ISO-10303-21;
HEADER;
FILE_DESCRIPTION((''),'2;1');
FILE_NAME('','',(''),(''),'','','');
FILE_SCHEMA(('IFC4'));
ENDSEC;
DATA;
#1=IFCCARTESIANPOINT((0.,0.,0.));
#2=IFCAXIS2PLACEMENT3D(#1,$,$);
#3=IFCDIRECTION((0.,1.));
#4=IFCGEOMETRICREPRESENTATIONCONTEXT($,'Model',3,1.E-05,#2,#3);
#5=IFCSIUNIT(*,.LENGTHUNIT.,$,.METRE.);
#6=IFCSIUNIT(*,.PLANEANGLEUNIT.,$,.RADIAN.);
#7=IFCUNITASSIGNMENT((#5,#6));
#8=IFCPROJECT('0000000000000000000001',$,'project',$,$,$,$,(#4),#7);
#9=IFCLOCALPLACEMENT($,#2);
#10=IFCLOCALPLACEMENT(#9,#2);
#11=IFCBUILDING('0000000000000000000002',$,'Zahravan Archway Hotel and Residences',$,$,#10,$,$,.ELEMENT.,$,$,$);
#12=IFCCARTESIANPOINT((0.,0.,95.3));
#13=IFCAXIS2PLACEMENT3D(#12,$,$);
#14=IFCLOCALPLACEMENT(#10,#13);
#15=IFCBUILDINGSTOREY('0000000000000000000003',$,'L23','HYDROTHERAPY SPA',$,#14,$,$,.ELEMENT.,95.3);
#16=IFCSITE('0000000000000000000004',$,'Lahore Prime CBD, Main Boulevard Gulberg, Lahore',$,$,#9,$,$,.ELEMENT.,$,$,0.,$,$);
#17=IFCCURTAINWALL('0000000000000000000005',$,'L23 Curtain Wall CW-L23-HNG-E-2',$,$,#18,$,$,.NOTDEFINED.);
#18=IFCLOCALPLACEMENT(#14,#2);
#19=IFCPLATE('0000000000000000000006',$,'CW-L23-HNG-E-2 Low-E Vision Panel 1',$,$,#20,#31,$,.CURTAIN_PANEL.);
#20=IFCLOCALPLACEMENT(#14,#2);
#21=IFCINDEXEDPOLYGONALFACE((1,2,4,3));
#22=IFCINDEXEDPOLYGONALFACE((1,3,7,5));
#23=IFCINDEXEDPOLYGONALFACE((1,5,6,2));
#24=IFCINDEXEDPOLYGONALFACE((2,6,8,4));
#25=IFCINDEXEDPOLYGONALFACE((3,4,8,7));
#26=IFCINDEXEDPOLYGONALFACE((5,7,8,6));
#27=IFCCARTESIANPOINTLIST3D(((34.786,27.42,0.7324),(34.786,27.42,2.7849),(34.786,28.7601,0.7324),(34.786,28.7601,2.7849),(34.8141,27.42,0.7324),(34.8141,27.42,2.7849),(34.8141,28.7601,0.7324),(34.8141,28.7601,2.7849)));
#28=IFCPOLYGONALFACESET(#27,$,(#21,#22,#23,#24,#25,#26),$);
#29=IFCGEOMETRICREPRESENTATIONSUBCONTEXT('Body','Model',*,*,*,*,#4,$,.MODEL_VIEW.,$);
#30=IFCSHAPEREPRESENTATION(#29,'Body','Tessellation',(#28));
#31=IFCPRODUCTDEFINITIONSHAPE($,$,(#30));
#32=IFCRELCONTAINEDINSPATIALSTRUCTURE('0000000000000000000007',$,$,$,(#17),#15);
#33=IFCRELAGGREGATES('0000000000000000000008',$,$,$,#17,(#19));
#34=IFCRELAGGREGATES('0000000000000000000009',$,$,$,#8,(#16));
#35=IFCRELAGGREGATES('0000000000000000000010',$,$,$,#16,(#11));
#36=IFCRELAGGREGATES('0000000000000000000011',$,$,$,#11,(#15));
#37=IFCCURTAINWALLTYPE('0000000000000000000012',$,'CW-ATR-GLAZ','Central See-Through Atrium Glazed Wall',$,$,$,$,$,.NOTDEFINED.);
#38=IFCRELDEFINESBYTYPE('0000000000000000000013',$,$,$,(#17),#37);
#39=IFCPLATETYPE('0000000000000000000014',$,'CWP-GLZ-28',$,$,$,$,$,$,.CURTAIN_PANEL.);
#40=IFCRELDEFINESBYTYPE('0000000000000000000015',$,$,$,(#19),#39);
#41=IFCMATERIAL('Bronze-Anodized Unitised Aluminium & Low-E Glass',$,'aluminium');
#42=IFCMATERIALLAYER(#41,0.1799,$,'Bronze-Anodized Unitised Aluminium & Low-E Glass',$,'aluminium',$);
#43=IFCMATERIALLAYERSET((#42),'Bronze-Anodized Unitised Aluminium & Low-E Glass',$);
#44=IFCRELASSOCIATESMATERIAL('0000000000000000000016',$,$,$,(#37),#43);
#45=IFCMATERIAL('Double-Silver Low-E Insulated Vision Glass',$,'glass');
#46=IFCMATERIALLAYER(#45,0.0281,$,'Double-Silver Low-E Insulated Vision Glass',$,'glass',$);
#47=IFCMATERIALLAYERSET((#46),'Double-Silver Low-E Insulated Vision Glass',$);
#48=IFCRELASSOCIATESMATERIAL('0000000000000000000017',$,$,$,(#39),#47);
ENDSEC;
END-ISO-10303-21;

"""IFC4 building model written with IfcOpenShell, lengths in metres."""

from ifc_helpers import new_model, si_unit, direction, frame, origin, origin_2d, place, context, subcontext, project, spatial, rectangle, extrude, source, transform, mapped, material, layer, layer_set, type_object, element, aggregate, save


model = new_model("IFC4")

# Units and contexts
model_context = context("Model", 3, precision=1e-05, world=origin(), true_north=direction((0.0, 1.0)))
body_context = subcontext(model_context, "Body", "Model", "MODEL_VIEW")
ifc_project = project(units=[si_unit("LENGTHUNIT", "METRE"), si_unit("PLANEANGLEUNIT", "RADIAN")], contexts=[model_context])

# Site, building, storey
site_placement = place(None, origin())
site = spatial("IfcSite", under=ifc_project, at=site_placement, Name="Lahore Prime CBD, Main Boulevard Gulberg, Lahore", CompositionType="ELEMENT", RefElevation=0.0)
building_placement = place(site_placement, origin())
building = spatial("IfcBuilding", under=site, at=building_placement, Name="Zahravan Archway Hotel and Residences", CompositionType="ELEMENT")
storey_placement = place(building_placement, frame((0.0, 0.0, 95.3)))
storey = spatial("IfcBuildingStorey", under=building, at=storey_placement, Name="L23", Description="HYDROTHERAPY SPA", CompositionType="ELEMENT", Elevation=95.3)

# Curtain wall, plate
ifc_material_1 = material(Name="Bronze-Anodized Unitised Aluminium & Low-E Glass", Category="aluminium")
ifc_layer_1 = layer(ifc_material_1, 0.1799, Name="Bronze-Anodized Unitised Aluminium & Low-E Glass", Category="aluminium")
ifc_layer_set_1 = layer_set([ifc_layer_1], Name="Bronze-Anodized Unitised Aluminium & Low-E Glass")
curtain_wall_type = type_object("IfcCurtainWallType", Name="CW-ATR-GLAZ", Description="Central See-Through Atrium Glazed Wall", PredefinedType="NOTDEFINED", material=ifc_layer_set_1)
curtain_wall_placement = place(storey_placement, origin())
curtain_wall = element("IfcCurtainWall", 1, at=curtain_wall_placement, inside=storey, type_object=curtain_wall_type, Name="L23 Curtain Wall CW-L23-HNG-E-2", PredefinedType="NOTDEFINED")
ifc_material_2 = material(Name="Double-Silver Low-E Insulated Vision Glass", Category="glass")
ifc_layer_2 = layer(ifc_material_2, 0.0281, Name="Double-Silver Low-E Insulated Vision Glass", Category="glass")
ifc_layer_set_2 = layer_set([ifc_layer_2], Name="Double-Silver Low-E Insulated Vision Glass")
plate_type_1 = type_object("IfcPlateType", Name="CWP-GLZ-28", PredefinedType="CURTAIN_PANEL", material=ifc_layer_set_2)
shared_shape_1 = source(origin(), body_context, "Body", "SweptSolid", [
    extrude(rectangle(XDim=1.3401, YDim=0.0281, at=origin_2d()), origin(), (0.0, 0.0, 1.0), 2.0525),
])
plate_1_placement = place(storey_placement, frame((34.8, 28.0901, 0.7324), z_axis=(0.0, 0.0, 1.0), x_axis=(0.0, 1.0, 0.0)))
plate_1 = element("IfcPlate", 2, at=plate_1_placement, type_object=plate_type_1, Name="CW-L23-HNG-E-2 Low-E Vision Panel 1", PredefinedType="CURTAIN_PANEL", context=body_context, shape_type="MappedRepresentation", body=[
    mapped(shared_shape_1, transform((0.0, 0.0, 0.0), scale=1.0)),
])
aggregate(curtain_wall, [plate_1])

save(model, "model.ifc")
